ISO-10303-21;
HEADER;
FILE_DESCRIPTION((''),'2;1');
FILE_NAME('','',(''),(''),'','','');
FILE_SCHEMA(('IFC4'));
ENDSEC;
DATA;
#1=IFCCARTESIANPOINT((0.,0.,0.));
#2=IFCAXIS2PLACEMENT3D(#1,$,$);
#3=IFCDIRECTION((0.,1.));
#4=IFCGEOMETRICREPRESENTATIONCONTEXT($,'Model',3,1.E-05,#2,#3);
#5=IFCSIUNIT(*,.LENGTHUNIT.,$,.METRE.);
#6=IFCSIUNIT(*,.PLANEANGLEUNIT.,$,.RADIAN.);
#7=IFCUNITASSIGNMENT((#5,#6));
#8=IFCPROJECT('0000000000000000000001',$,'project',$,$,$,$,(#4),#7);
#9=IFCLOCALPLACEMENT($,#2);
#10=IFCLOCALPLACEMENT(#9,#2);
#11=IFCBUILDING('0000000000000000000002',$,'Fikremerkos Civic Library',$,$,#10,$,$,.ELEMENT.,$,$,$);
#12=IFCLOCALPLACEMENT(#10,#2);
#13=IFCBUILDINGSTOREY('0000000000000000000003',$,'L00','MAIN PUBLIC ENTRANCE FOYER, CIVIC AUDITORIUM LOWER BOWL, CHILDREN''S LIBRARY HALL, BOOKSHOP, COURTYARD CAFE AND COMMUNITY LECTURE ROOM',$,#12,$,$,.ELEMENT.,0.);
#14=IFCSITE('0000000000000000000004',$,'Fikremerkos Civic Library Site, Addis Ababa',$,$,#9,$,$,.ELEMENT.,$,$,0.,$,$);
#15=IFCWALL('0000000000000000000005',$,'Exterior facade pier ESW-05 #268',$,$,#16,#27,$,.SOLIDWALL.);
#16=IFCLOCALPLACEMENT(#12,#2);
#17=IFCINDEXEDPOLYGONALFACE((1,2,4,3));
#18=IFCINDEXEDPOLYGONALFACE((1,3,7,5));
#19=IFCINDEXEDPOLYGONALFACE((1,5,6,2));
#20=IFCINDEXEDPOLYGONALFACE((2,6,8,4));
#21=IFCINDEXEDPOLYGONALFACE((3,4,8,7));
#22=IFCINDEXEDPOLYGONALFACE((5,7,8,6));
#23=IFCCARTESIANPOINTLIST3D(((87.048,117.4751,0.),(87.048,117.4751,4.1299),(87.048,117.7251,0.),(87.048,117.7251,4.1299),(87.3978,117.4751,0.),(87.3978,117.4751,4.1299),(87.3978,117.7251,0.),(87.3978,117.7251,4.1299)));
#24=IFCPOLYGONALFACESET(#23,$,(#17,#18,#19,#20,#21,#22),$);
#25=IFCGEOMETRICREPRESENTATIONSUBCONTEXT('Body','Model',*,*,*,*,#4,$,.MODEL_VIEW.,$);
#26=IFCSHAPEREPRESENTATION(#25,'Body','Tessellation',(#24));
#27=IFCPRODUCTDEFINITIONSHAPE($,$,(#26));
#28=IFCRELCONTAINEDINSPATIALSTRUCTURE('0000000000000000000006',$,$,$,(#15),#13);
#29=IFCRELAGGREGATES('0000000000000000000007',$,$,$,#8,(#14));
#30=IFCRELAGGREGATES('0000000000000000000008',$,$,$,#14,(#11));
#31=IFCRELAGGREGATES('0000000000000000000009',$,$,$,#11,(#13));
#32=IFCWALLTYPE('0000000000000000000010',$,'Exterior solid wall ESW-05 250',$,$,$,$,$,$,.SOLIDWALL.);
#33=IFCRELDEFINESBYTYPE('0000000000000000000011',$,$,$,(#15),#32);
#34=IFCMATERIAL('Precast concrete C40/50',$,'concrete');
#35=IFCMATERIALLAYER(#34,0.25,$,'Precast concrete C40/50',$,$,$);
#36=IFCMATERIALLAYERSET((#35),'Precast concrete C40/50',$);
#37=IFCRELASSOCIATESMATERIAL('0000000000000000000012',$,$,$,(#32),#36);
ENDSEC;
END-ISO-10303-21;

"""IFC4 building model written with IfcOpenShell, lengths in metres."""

from ifc_helpers import new_model, si_unit, direction, frame, frame_2d, origin, place, context, subcontext, project, spatial, rectangle, extrude, material, layer, layer_set, type_object, element, save


model = new_model("IFC4")

# Units and contexts
model_context = context("Model", 3, precision=1e-05, world=origin(), true_north=direction((0.0, 1.0)))
body_context = subcontext(model_context, "Body", "Model", "MODEL_VIEW")
ifc_project = project(units=[si_unit("LENGTHUNIT", "METRE"), si_unit("PLANEANGLEUNIT", "RADIAN")], contexts=[model_context])

# Site, building, storey
site_placement = place(None, origin())
site = spatial("IfcSite", under=ifc_project, at=site_placement, Name="Fikremerkos Civic Library Site, Addis Ababa", CompositionType="ELEMENT", RefElevation=0.0)
building_placement = place(site_placement, origin())
building = spatial("IfcBuilding", under=site, at=building_placement, Name="Fikremerkos Civic Library", CompositionType="ELEMENT")
storey_placement = place(building_placement, origin())
storey = spatial("IfcBuildingStorey", under=building, at=storey_placement, Name="L00", Description="MAIN PUBLIC ENTRANCE FOYER, CIVIC AUDITORIUM LOWER BOWL, CHILDREN'S LIBRARY HALL, BOOKSHOP, COURTYARD CAFE AND COMMUNITY LECTURE ROOM", CompositionType="ELEMENT", Elevation=0.0)

# Wall
ifc_material_1 = material(Name="Precast concrete C40/50", Category="concrete")
ifc_layer_1 = layer(ifc_material_1, 0.25, Name="Precast concrete C40/50")
ifc_layer_set_1 = layer_set([ifc_layer_1], Name="Precast concrete C40/50")
wall_type = type_object("IfcWallType", Name="Exterior solid wall ESW-05 250", PredefinedType="SOLIDWALL", material=ifc_layer_set_1)
wall_1_placement = place(storey_placement, frame((87.0481, 117.6001, 0.0), z_axis=(0.0, 0.0, 1.0), x_axis=(1.0, 0.0, 0.0)))
element("IfcWall", 1, at=wall_1_placement, inside=storey, type_object=wall_type, Name="Exterior facade pier ESW-05 #268", PredefinedType="SOLIDWALL", context=body_context, shape_type="SweptSolid", body=[
    extrude(rectangle(XDim=0.3499, YDim=0.25, at=frame_2d((0.1748, 0.0))), origin(), (0.0, 0.0, 1.0), 4.1299),
])

save(model, "model.ifc")
